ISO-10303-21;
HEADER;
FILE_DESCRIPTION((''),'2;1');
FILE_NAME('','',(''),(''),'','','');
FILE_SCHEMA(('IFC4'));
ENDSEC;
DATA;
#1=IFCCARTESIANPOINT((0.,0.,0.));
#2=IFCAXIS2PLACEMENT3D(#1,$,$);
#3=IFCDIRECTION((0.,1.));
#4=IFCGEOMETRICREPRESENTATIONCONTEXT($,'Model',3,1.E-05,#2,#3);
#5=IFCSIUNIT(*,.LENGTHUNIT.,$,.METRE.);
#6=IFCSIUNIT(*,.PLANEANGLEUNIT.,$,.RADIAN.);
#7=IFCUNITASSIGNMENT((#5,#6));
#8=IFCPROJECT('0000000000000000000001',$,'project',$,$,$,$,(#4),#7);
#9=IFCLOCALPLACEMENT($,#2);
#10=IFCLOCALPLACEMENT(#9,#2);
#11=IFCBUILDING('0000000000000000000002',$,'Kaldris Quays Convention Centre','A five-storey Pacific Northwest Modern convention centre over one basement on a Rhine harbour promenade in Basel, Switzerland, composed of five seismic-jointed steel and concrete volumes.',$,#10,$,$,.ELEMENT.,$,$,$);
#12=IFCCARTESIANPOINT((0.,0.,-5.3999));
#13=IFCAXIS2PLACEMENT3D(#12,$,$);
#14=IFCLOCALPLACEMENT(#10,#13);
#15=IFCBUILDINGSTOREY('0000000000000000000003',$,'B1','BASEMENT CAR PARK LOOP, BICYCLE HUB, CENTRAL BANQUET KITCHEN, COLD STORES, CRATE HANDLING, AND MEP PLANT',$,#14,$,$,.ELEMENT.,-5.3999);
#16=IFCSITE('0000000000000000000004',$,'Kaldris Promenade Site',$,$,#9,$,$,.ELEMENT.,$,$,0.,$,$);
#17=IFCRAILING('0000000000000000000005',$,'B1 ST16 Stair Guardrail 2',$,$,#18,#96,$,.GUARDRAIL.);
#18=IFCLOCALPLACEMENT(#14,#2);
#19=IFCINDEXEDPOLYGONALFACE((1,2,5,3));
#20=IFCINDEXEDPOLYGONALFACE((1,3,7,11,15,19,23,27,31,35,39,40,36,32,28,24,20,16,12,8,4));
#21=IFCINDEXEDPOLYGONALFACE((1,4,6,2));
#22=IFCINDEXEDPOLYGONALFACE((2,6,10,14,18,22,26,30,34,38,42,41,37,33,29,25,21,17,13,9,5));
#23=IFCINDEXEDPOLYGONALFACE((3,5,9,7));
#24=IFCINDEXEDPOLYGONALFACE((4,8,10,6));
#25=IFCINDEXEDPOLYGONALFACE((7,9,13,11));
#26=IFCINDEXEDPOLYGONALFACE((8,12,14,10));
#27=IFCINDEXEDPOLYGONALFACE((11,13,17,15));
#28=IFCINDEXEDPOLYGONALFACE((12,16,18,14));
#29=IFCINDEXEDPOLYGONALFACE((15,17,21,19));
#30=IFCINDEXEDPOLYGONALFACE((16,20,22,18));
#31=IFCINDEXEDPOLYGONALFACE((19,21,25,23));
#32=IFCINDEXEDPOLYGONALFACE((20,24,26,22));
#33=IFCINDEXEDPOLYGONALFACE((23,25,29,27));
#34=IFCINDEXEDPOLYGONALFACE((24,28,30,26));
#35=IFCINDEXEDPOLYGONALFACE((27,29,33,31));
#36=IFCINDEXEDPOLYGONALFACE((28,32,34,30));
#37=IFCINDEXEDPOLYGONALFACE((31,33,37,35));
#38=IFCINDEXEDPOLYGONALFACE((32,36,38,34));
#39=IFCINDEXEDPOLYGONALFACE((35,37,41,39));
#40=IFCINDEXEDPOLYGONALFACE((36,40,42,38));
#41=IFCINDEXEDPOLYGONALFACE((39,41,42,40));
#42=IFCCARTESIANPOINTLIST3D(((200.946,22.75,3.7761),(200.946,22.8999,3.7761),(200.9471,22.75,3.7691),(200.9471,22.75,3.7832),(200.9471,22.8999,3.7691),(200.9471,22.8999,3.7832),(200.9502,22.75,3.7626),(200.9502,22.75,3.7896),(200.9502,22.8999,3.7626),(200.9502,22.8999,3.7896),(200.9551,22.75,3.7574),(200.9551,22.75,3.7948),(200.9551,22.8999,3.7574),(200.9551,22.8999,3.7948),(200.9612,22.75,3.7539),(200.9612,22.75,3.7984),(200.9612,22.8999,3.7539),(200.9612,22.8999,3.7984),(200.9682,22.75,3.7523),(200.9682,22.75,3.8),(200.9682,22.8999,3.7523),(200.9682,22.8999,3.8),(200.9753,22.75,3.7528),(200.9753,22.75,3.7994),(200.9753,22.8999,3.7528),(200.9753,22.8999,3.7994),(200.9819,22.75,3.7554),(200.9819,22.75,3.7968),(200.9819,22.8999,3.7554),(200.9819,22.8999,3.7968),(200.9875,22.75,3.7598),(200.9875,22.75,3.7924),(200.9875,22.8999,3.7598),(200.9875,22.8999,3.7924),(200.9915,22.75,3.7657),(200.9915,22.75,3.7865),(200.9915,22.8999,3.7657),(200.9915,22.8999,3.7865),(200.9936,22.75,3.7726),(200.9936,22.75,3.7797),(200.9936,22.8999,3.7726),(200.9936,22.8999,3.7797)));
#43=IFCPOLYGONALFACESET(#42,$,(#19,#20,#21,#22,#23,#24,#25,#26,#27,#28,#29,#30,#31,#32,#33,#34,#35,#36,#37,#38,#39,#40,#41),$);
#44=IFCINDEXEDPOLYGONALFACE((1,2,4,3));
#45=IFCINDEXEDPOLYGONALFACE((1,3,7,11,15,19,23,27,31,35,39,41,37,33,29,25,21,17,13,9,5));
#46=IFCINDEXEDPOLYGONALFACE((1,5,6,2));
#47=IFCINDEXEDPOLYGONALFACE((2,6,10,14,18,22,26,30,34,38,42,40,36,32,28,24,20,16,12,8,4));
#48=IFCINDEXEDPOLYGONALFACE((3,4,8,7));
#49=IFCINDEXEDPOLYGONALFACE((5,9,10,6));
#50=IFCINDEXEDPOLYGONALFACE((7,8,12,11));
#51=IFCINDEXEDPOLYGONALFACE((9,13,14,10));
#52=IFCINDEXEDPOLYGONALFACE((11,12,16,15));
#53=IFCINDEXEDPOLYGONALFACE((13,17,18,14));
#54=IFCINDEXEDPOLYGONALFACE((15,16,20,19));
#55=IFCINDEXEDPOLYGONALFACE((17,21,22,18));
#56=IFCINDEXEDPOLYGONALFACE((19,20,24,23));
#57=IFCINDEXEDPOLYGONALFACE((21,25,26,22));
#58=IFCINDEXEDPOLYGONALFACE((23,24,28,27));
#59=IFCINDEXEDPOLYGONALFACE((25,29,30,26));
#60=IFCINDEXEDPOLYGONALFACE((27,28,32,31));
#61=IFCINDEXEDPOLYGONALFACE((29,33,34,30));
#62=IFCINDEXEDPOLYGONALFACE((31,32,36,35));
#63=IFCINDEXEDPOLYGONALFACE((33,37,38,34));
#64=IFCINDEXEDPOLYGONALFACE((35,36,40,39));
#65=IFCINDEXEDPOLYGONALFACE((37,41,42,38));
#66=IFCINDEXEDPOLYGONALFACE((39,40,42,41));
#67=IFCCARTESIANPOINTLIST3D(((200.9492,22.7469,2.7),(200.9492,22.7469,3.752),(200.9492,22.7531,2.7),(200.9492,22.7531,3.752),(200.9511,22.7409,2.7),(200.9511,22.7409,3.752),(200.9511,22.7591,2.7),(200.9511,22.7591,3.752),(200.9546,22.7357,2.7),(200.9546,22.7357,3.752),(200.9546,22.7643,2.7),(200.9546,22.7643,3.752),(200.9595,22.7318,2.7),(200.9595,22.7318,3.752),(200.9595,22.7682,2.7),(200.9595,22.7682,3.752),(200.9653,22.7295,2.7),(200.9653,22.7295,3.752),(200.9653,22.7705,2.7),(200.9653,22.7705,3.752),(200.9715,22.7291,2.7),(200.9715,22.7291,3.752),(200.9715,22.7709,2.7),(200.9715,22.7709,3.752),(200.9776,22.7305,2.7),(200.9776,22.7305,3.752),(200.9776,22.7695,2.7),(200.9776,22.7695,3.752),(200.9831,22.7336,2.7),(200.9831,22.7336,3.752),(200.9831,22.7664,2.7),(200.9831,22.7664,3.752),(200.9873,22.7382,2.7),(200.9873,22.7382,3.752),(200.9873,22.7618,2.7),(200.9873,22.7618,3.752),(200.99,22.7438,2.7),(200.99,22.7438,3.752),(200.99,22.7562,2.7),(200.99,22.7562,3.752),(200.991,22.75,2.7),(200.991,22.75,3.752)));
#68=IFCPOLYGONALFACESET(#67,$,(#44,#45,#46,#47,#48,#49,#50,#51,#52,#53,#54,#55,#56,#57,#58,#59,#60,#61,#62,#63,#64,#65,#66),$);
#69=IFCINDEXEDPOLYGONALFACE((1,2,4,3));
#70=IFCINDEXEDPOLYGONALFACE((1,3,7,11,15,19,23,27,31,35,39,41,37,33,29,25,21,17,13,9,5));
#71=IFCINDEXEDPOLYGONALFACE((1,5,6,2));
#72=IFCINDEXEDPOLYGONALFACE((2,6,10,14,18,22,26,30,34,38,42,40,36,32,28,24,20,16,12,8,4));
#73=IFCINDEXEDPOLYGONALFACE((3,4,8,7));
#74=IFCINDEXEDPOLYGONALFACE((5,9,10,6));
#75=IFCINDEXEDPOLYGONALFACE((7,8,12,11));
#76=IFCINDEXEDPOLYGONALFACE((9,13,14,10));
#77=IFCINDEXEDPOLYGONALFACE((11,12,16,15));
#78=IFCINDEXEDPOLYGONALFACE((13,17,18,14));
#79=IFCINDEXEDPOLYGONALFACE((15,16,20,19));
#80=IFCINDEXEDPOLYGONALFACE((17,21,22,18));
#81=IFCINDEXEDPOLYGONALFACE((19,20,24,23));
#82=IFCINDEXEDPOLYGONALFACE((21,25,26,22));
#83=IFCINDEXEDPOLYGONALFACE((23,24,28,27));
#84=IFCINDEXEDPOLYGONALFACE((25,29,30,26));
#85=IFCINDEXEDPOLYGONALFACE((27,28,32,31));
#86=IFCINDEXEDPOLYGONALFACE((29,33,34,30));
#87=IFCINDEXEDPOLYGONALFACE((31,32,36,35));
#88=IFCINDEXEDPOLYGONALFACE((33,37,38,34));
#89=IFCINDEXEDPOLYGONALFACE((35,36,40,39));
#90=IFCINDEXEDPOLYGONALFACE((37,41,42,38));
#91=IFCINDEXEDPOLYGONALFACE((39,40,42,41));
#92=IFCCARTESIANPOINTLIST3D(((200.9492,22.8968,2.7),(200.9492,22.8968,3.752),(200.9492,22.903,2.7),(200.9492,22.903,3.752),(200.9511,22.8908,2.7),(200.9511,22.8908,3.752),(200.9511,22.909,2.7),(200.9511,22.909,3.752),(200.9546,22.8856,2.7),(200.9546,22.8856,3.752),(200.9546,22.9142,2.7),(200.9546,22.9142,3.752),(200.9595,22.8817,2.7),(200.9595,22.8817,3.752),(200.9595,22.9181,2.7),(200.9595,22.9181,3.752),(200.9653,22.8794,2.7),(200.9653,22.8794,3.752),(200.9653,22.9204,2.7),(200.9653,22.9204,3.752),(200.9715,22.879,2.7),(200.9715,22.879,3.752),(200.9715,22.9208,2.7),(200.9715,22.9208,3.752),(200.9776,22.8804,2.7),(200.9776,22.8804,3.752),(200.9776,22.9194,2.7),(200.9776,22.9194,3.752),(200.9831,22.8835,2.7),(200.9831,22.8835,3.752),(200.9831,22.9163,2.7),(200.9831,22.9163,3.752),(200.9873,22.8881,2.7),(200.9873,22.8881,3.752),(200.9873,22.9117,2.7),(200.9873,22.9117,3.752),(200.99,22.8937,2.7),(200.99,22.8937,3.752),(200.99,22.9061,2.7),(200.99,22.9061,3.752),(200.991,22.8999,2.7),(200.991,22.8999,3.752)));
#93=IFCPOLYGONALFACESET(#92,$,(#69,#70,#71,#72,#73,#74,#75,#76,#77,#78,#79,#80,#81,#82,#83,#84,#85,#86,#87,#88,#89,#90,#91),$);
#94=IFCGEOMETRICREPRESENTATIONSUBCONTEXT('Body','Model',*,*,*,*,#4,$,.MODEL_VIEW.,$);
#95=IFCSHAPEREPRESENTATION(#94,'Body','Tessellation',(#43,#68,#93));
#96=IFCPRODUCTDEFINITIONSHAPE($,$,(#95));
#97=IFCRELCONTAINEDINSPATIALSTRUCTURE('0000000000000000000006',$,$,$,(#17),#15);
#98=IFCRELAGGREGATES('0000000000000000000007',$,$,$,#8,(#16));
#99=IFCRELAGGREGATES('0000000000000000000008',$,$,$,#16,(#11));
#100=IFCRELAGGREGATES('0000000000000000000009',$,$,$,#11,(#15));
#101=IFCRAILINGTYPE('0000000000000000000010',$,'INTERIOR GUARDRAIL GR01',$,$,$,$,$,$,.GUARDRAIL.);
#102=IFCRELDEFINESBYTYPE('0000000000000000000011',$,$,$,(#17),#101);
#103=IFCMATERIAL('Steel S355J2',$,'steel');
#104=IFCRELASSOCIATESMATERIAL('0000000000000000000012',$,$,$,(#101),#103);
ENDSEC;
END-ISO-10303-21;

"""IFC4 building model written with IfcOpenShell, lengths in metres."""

from ifc_helpers import new_model, si_unit, direction, frame, origin, origin_2d, place, context, subcontext, project, spatial, circle, extrude, material, type_object, element, save


model = new_model("IFC4")

# Units and contexts
model_context = context("Model", 3, precision=1e-05, world=origin(), true_north=direction((0.0, 1.0)))
body_context = subcontext(model_context, "Body", "Model", "MODEL_VIEW")
ifc_project = project(units=[si_unit("LENGTHUNIT", "METRE"), si_unit("PLANEANGLEUNIT", "RADIAN")], contexts=[model_context])

# Site, building, storey
site_placement = place(None, origin())
site = spatial("IfcSite", under=ifc_project, at=site_placement, Name="Kaldris Promenade Site", CompositionType="ELEMENT", RefElevation=0.0)
building_placement = place(site_placement, origin())
building = spatial("IfcBuilding", under=site, at=building_placement, Name="Kaldris Quays Convention Centre", Description="A five-storey Pacific Northwest Modern convention centre over one basement on a Rhine harbour promenade in Basel, Switzerland, composed of five seismic-jointed steel and concrete volumes.", CompositionType="ELEMENT")
storey_placement = place(building_placement, frame((0.0, 0.0, -5.3999)))
storey = spatial("IfcBuildingStorey", under=building, at=storey_placement, Name="B1", Description="BASEMENT CAR PARK LOOP, BICYCLE HUB, CENTRAL BANQUET KITCHEN, COLD STORES, CRATE HANDLING, AND MEP PLANT", CompositionType="ELEMENT", Elevation=-5.3999)

# Shared definitions
ifc_material_1 = material(Name="Steel S355J2", Category="steel")

# Railing
railing_type_1 = type_object("IfcRailingType", Name="INTERIOR GUARDRAIL GR01", PredefinedType="GUARDRAIL", material=ifc_material_1)
railing_1_placement = place(storey_placement, frame((200.97, 22.75, 2.7)))
element("IfcRailing", 1, at=railing_1_placement, inside=storey, type_object=railing_type_1, Name="B1 ST16 Stair Guardrail 2", PredefinedType="GUARDRAIL", context=body_context, shape_type="SweptSolid", body=[
    extrude(circle(Radius=0.0239, at=origin_2d()), frame((0.0, 0.0, 1.0762), z_axis=(0.0, 1.0, 0.0), x_axis=(-1.0, 0.0, 0.0)), (0.0, 0.0, 1.0), 0.1499),
    extrude(circle(Radius=0.021, at=origin_2d()), origin(), (0.0, 0.0, 1.0), 1.052),
    extrude(circle(Radius=0.021, at=origin_2d()), frame((0.0, 0.1499, 0.0)), (0.0, 0.0, 1.0), 1.052),
])

save(model, "model.ifc")
